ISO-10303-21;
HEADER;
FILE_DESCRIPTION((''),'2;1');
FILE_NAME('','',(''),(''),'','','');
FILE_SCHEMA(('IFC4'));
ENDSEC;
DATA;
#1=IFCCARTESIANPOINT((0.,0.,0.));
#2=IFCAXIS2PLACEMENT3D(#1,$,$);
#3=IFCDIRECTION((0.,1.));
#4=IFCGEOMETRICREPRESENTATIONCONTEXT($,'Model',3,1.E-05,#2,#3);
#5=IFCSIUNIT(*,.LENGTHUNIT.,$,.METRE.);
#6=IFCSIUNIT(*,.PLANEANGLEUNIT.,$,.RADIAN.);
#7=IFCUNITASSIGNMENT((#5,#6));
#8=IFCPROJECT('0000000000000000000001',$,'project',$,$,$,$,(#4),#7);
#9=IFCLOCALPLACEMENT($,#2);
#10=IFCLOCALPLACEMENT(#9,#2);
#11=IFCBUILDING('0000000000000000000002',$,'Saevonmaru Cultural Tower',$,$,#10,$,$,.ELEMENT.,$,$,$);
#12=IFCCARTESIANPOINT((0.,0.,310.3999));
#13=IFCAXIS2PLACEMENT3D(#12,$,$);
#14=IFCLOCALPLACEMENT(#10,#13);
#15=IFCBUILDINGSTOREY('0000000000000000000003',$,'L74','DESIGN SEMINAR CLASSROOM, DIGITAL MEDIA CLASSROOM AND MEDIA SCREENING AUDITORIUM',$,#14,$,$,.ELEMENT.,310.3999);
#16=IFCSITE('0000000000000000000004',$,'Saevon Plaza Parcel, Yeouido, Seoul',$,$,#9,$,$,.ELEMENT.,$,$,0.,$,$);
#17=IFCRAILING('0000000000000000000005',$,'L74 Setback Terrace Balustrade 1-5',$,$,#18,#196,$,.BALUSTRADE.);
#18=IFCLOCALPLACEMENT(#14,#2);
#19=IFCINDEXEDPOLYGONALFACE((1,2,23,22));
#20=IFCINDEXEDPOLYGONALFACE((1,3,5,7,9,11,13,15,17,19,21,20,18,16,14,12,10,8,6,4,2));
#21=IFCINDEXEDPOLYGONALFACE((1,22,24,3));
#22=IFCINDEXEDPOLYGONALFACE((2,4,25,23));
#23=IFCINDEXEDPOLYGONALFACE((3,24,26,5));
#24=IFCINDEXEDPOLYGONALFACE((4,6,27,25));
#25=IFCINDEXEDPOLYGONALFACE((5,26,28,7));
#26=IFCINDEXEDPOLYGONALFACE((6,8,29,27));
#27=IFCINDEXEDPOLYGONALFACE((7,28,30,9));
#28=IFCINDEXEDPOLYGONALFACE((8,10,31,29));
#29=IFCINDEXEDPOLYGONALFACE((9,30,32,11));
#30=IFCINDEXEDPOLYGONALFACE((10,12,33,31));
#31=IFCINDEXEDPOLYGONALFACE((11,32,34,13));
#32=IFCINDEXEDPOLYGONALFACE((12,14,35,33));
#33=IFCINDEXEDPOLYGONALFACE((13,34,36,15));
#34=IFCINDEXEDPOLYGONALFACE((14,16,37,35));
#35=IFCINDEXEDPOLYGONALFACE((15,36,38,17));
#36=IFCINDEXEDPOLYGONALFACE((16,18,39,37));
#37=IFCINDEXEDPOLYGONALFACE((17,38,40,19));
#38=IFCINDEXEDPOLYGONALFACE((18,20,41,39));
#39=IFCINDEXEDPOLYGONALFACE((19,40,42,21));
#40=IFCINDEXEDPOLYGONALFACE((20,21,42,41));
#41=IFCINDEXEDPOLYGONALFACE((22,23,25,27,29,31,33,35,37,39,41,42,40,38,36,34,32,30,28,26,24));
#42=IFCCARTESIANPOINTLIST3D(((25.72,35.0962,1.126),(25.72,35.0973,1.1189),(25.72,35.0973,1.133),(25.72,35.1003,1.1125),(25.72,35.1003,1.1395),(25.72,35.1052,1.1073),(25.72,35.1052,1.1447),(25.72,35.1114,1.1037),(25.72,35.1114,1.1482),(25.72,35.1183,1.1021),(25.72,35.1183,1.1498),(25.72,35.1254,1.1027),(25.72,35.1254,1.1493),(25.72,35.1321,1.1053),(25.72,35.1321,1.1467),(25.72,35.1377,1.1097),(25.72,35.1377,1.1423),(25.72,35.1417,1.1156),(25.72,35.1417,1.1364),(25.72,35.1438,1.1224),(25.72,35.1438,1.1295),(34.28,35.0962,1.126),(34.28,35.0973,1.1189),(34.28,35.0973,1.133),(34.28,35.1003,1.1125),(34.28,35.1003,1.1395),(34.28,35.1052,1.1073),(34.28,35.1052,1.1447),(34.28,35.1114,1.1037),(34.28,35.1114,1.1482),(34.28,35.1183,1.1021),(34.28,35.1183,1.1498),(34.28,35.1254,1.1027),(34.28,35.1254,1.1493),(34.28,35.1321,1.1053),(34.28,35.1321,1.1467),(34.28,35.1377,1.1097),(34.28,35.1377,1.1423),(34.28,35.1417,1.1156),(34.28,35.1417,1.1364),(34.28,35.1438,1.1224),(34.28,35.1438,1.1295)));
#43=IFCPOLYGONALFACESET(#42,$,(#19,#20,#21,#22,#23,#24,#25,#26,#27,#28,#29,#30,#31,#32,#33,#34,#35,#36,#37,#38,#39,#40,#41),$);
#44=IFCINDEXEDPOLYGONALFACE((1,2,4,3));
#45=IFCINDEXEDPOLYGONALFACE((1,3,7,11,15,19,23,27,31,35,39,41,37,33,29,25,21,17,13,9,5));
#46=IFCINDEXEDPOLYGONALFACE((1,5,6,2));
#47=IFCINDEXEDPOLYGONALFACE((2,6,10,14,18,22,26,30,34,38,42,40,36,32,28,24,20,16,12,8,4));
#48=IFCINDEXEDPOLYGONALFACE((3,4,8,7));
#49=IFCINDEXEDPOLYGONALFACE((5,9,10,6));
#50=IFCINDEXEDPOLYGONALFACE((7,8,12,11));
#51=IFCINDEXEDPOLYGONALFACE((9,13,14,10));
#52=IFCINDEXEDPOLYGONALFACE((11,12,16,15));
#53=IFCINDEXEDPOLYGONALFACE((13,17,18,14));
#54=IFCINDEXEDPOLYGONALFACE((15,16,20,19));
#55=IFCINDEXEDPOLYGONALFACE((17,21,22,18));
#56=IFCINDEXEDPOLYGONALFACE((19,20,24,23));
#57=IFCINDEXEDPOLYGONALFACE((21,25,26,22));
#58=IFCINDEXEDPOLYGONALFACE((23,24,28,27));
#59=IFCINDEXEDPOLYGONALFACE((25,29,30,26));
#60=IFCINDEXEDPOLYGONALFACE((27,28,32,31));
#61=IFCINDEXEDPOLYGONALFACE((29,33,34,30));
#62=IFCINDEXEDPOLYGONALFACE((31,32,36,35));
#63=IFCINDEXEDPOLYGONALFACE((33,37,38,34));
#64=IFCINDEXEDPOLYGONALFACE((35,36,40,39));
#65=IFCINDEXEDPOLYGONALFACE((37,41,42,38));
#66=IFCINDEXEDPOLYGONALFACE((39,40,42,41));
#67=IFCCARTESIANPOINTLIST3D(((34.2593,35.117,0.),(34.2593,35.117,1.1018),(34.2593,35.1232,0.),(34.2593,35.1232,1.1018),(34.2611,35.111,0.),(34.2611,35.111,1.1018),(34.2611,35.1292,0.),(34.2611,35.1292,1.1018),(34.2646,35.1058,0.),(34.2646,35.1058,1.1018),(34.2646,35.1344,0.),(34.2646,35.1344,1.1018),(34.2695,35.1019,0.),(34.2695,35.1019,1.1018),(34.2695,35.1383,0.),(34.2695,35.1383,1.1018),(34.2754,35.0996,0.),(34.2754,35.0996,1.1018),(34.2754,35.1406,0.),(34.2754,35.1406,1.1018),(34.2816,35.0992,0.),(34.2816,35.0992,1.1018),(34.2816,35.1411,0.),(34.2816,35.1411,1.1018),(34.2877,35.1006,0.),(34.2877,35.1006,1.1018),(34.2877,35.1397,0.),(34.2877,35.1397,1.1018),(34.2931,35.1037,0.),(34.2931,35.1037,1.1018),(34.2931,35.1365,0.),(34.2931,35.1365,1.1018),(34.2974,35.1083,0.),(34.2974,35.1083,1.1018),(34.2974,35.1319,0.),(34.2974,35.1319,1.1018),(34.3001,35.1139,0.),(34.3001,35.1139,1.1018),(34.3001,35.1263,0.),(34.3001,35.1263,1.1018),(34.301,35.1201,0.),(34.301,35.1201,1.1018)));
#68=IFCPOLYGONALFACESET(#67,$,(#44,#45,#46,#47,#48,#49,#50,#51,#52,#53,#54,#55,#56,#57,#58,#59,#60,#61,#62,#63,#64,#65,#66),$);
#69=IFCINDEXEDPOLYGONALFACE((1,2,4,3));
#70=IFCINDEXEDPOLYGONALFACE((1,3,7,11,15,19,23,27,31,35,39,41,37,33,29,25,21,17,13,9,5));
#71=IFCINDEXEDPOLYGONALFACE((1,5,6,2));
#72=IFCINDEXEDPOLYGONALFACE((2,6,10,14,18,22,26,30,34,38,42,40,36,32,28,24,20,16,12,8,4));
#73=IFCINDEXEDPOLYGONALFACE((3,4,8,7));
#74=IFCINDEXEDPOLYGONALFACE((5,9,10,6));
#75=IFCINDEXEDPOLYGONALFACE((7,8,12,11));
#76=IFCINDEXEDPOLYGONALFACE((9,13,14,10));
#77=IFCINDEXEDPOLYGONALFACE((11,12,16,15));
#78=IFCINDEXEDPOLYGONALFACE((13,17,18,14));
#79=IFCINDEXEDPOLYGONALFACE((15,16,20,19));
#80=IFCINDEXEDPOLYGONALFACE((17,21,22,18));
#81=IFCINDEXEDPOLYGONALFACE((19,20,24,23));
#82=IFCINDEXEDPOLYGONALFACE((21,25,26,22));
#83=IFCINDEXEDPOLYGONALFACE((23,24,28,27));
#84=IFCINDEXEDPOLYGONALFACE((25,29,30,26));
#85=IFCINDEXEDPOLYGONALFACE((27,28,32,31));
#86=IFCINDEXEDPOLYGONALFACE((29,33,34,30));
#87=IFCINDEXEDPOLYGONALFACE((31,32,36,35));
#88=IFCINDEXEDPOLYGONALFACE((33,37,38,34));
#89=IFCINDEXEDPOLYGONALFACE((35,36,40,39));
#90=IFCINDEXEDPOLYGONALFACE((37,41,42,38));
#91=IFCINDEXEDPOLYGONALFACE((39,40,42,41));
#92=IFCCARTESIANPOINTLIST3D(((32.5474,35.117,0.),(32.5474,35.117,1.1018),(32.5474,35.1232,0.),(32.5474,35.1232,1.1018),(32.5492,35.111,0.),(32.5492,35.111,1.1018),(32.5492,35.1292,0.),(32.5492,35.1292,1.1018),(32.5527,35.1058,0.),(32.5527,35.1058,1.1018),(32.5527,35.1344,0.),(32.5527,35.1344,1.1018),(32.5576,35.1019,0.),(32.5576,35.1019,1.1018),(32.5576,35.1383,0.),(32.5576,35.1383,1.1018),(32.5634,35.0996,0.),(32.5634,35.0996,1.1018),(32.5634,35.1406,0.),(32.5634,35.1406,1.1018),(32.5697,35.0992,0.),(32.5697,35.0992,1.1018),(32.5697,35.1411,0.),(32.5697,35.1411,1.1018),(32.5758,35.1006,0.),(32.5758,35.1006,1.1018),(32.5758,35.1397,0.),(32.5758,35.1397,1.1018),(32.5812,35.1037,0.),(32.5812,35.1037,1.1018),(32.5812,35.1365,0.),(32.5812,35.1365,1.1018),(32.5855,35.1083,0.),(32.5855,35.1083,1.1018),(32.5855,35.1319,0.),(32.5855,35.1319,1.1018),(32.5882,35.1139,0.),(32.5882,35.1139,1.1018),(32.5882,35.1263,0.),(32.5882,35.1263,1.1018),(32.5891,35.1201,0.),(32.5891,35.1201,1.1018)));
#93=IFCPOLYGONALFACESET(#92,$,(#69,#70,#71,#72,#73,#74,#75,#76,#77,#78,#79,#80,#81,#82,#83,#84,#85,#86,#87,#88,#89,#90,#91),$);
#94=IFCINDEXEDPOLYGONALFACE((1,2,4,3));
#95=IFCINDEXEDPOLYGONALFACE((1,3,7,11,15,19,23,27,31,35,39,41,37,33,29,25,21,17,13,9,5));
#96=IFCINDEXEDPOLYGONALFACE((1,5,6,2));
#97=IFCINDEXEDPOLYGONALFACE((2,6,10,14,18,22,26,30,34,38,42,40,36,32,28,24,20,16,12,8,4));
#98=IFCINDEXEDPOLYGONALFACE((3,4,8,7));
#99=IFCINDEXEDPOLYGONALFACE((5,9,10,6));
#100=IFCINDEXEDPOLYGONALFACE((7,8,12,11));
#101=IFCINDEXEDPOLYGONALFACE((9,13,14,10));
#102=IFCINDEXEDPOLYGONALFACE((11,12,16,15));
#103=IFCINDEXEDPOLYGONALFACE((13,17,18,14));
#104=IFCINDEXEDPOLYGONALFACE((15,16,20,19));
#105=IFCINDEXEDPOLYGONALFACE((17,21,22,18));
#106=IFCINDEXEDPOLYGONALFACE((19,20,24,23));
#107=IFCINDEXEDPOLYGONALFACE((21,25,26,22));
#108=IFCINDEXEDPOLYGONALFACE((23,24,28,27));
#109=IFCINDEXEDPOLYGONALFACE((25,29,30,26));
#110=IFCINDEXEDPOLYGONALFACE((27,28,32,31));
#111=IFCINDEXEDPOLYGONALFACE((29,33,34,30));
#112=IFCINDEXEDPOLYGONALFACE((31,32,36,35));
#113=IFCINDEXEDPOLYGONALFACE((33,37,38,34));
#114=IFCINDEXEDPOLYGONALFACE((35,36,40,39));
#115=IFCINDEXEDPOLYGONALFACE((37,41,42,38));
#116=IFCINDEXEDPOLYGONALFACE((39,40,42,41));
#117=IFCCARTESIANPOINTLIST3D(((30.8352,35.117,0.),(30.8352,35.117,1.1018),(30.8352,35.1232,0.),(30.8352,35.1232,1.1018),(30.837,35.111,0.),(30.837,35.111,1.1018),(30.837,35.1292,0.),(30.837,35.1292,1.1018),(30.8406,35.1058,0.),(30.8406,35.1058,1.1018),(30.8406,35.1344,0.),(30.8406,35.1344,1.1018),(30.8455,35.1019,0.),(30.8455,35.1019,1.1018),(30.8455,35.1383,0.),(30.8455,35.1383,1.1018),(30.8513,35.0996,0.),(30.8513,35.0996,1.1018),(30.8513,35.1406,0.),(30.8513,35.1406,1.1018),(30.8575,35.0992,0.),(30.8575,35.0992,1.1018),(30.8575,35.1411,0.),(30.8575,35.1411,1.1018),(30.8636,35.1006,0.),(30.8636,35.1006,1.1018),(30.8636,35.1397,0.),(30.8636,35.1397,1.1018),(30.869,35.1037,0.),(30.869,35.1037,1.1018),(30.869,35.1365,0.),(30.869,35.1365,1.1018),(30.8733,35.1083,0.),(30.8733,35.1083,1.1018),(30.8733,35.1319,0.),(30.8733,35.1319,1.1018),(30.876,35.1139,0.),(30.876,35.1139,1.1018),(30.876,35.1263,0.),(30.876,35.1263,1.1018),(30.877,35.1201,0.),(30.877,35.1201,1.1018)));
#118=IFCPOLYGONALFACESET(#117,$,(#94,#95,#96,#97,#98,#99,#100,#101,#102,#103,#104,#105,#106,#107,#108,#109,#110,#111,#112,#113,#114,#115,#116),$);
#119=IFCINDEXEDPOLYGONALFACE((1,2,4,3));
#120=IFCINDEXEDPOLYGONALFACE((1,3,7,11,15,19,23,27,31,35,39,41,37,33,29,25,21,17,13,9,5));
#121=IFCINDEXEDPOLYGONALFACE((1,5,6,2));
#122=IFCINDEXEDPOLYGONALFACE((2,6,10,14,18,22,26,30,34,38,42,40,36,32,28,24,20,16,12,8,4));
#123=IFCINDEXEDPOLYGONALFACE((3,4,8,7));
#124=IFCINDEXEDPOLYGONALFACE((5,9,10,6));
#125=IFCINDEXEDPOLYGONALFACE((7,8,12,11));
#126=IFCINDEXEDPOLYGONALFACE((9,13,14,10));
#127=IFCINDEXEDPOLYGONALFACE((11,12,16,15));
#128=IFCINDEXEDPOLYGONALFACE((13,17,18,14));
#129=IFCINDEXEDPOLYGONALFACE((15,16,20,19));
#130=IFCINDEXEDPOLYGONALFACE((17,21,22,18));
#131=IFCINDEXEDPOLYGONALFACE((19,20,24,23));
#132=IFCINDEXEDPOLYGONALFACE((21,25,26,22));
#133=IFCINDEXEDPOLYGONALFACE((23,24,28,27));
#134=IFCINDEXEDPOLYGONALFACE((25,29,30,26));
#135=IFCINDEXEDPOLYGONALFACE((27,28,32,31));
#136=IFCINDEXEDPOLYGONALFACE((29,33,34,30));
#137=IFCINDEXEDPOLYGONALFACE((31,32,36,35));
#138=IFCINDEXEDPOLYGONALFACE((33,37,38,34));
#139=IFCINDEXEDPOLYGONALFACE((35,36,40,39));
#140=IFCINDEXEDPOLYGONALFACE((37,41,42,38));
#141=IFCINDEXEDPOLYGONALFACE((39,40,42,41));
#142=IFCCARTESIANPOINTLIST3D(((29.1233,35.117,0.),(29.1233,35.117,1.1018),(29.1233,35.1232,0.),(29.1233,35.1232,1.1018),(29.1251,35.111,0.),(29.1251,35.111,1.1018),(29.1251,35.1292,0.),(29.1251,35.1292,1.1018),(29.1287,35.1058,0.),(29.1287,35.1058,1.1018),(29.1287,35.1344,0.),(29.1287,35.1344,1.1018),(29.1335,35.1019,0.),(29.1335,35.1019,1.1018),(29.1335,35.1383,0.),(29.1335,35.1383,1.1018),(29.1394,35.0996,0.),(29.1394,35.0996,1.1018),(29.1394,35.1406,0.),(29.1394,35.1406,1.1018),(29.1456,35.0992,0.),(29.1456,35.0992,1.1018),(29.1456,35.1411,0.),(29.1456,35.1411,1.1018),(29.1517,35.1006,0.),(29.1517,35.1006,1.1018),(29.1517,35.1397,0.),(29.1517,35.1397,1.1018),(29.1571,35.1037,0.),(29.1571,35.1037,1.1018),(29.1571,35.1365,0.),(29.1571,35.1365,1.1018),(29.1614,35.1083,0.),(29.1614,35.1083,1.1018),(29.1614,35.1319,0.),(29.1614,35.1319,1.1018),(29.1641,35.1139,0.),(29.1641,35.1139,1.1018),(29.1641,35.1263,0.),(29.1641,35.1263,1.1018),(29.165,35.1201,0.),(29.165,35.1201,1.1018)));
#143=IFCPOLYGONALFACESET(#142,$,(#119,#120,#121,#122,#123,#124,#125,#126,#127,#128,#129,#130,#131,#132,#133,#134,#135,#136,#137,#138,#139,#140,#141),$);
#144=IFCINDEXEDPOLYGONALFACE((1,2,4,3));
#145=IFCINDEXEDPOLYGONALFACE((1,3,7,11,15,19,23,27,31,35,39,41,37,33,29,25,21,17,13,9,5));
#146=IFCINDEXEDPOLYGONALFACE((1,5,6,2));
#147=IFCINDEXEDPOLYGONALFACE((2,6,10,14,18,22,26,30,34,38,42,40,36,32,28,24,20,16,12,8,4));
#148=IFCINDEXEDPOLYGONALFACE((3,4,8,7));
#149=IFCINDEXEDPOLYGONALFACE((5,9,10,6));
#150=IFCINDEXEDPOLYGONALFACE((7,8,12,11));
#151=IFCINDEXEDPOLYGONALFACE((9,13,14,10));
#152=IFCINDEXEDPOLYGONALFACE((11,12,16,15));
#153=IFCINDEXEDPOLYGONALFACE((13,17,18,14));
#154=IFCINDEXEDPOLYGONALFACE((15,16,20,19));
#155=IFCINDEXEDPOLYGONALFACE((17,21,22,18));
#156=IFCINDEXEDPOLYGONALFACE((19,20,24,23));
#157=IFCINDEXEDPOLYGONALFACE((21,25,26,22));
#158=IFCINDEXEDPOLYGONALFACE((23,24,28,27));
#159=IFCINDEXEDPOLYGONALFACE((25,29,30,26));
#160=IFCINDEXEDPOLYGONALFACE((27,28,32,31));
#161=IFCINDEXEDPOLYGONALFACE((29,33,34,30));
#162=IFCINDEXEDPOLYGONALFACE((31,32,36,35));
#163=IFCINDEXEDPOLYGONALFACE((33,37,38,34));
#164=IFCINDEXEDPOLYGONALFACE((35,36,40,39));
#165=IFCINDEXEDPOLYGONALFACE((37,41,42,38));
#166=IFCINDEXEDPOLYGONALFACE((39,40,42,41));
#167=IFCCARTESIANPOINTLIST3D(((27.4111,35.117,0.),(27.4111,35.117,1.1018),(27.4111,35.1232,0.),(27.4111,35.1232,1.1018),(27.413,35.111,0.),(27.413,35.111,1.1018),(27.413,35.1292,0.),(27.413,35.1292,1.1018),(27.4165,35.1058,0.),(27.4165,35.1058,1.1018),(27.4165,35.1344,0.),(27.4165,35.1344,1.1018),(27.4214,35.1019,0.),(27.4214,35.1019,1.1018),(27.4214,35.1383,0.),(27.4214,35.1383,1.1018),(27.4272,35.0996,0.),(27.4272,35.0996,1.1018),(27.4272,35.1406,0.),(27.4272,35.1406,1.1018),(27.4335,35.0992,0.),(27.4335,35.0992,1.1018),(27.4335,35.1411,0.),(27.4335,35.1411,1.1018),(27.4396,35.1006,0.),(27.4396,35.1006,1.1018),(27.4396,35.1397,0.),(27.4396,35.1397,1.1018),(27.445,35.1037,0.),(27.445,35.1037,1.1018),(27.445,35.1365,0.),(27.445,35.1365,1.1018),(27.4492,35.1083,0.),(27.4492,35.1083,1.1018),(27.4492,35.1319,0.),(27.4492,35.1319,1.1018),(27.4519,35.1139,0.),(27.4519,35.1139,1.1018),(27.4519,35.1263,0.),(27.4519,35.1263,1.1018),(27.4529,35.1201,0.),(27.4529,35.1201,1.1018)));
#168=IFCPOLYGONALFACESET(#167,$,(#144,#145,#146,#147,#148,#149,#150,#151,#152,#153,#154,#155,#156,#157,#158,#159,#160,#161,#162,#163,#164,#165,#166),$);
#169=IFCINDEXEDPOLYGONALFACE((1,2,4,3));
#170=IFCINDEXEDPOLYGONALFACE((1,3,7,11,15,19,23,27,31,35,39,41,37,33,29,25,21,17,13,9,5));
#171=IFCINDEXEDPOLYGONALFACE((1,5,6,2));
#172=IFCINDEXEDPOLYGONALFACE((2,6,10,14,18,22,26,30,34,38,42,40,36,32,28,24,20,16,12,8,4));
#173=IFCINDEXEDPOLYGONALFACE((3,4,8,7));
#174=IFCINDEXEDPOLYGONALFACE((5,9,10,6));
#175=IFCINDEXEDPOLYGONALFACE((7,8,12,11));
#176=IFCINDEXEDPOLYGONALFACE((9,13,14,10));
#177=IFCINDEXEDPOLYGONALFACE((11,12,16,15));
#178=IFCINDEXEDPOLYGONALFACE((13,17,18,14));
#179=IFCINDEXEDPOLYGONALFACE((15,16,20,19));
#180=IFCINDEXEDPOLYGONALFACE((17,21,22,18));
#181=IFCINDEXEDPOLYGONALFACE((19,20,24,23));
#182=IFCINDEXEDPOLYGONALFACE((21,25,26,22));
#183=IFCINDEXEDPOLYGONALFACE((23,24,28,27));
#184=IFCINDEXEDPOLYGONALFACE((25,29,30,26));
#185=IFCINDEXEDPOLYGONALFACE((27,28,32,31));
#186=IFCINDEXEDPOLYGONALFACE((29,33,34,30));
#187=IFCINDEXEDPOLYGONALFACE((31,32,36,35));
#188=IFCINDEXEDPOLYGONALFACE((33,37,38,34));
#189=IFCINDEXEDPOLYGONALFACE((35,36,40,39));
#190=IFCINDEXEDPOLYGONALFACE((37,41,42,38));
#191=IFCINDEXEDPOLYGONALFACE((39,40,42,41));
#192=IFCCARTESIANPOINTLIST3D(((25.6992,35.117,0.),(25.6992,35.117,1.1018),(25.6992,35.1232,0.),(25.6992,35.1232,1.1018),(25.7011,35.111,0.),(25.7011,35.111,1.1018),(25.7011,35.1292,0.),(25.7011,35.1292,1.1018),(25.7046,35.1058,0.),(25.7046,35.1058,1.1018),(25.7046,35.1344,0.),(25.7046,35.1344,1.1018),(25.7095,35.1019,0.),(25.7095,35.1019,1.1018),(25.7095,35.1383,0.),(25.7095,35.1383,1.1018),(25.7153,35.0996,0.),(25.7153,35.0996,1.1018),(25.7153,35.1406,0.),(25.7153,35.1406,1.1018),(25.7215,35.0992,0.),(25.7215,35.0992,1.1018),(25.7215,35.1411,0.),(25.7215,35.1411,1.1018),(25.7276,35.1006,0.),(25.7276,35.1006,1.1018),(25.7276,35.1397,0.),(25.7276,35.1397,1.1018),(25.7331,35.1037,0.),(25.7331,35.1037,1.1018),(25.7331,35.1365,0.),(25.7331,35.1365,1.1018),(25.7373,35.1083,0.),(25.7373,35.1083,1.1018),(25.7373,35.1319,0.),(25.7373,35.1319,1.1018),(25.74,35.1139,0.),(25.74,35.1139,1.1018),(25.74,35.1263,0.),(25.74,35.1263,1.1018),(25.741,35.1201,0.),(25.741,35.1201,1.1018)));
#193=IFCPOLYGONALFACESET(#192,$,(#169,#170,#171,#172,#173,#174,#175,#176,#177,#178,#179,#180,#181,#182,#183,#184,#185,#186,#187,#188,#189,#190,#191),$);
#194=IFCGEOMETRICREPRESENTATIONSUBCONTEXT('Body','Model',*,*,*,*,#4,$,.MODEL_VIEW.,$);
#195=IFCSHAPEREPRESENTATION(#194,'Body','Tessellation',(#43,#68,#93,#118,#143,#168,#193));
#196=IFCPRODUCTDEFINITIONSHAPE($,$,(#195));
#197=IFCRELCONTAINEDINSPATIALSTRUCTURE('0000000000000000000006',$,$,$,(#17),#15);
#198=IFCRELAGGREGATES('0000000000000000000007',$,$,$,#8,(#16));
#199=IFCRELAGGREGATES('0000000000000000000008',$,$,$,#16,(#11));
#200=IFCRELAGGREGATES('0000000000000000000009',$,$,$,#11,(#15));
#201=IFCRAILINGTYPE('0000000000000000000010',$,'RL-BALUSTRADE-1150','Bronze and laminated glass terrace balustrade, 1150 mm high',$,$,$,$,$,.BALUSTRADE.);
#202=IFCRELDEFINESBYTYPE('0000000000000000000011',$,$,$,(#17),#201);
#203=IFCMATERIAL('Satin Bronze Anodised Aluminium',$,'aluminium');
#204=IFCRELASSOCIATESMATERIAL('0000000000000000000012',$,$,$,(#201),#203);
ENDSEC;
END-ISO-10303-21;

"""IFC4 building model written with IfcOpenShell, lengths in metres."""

from ifc_helpers import new_model, si_unit, direction, frame, origin, origin_2d, place, context, subcontext, project, spatial, circle, extrude, material, type_object, element, save


model = new_model("IFC4")

# Units and contexts
model_context = context("Model", 3, precision=1e-05, world=origin(), true_north=direction((0.0, 1.0)))
body_context = subcontext(model_context, "Body", "Model", "MODEL_VIEW")
ifc_project = project(units=[si_unit("LENGTHUNIT", "METRE"), si_unit("PLANEANGLEUNIT", "RADIAN")], contexts=[model_context])

# Site, building, storey
site_placement = place(None, origin())
site = spatial("IfcSite", under=ifc_project, at=site_placement, Name="Saevon Plaza Parcel, Yeouido, Seoul", CompositionType="ELEMENT", RefElevation=0.0)
building_placement = place(site_placement, origin())
building = spatial("IfcBuilding", under=site, at=building_placement, Name="Saevonmaru Cultural Tower", CompositionType="ELEMENT")
storey_placement = place(building_placement, frame((0.0, 0.0, 310.3999)))
storey = spatial("IfcBuildingStorey", under=building, at=storey_placement, Name="L74", Description="DESIGN SEMINAR CLASSROOM, DIGITAL MEDIA CLASSROOM AND MEDIA SCREENING AUDITORIUM", CompositionType="ELEMENT", Elevation=310.3999)

# Shared definitions
ifc_material_1 = material(Name="Satin Bronze Anodised Aluminium", Category="aluminium")

# Railing
railing_type = type_object("IfcRailingType", Name="RL-BALUSTRADE-1150", Description="Bronze and laminated glass terrace balustrade, 1150 mm high", PredefinedType="BALUSTRADE", material=ifc_material_1)
railing_1_placement = place(storey_placement, frame((34.28, 35.1201, 0.0)))
element("IfcRailing", 1, at=railing_1_placement, inside=storey, type_object=railing_type, Name="L74 Setback Terrace Balustrade 1-5", PredefinedType="BALUSTRADE", context=body_context, shape_type="SweptSolid", body=[
    extrude(circle(Radius=0.0239, at=origin_2d()), frame((0.0, 0.0, 1.126), z_axis=(-1.0, 0.0, 0.0), x_axis=(0.0, -1.0, 0.0)), (0.0, 0.0, 1.0), 8.5601),
    extrude(circle(Radius=0.021, at=origin_2d()), origin(), (0.0, 0.0, 1.0), 1.1018),
    extrude(circle(Radius=0.021, at=origin_2d()), frame((-1.7119, 0.0, 0.0)), (0.0, 0.0, 1.0), 1.1018),
    extrude(circle(Radius=0.021, at=origin_2d()), frame((-3.4241, 0.0, 0.0)), (0.0, 0.0, 1.0), 1.1018),
    extrude(circle(Radius=0.021, at=origin_2d()), frame((-5.136, 0.0, 0.0)), (0.0, 0.0, 1.0), 1.1018),
    extrude(circle(Radius=0.021, at=origin_2d()), frame((-6.8481, 0.0, 0.0)), (0.0, 0.0, 1.0), 1.1018),
    extrude(circle(Radius=0.021, at=origin_2d()), frame((-8.5601, 0.0, 0.0)), (0.0, 0.0, 1.0), 1.1018),
])

save(model, "model.ifc")
